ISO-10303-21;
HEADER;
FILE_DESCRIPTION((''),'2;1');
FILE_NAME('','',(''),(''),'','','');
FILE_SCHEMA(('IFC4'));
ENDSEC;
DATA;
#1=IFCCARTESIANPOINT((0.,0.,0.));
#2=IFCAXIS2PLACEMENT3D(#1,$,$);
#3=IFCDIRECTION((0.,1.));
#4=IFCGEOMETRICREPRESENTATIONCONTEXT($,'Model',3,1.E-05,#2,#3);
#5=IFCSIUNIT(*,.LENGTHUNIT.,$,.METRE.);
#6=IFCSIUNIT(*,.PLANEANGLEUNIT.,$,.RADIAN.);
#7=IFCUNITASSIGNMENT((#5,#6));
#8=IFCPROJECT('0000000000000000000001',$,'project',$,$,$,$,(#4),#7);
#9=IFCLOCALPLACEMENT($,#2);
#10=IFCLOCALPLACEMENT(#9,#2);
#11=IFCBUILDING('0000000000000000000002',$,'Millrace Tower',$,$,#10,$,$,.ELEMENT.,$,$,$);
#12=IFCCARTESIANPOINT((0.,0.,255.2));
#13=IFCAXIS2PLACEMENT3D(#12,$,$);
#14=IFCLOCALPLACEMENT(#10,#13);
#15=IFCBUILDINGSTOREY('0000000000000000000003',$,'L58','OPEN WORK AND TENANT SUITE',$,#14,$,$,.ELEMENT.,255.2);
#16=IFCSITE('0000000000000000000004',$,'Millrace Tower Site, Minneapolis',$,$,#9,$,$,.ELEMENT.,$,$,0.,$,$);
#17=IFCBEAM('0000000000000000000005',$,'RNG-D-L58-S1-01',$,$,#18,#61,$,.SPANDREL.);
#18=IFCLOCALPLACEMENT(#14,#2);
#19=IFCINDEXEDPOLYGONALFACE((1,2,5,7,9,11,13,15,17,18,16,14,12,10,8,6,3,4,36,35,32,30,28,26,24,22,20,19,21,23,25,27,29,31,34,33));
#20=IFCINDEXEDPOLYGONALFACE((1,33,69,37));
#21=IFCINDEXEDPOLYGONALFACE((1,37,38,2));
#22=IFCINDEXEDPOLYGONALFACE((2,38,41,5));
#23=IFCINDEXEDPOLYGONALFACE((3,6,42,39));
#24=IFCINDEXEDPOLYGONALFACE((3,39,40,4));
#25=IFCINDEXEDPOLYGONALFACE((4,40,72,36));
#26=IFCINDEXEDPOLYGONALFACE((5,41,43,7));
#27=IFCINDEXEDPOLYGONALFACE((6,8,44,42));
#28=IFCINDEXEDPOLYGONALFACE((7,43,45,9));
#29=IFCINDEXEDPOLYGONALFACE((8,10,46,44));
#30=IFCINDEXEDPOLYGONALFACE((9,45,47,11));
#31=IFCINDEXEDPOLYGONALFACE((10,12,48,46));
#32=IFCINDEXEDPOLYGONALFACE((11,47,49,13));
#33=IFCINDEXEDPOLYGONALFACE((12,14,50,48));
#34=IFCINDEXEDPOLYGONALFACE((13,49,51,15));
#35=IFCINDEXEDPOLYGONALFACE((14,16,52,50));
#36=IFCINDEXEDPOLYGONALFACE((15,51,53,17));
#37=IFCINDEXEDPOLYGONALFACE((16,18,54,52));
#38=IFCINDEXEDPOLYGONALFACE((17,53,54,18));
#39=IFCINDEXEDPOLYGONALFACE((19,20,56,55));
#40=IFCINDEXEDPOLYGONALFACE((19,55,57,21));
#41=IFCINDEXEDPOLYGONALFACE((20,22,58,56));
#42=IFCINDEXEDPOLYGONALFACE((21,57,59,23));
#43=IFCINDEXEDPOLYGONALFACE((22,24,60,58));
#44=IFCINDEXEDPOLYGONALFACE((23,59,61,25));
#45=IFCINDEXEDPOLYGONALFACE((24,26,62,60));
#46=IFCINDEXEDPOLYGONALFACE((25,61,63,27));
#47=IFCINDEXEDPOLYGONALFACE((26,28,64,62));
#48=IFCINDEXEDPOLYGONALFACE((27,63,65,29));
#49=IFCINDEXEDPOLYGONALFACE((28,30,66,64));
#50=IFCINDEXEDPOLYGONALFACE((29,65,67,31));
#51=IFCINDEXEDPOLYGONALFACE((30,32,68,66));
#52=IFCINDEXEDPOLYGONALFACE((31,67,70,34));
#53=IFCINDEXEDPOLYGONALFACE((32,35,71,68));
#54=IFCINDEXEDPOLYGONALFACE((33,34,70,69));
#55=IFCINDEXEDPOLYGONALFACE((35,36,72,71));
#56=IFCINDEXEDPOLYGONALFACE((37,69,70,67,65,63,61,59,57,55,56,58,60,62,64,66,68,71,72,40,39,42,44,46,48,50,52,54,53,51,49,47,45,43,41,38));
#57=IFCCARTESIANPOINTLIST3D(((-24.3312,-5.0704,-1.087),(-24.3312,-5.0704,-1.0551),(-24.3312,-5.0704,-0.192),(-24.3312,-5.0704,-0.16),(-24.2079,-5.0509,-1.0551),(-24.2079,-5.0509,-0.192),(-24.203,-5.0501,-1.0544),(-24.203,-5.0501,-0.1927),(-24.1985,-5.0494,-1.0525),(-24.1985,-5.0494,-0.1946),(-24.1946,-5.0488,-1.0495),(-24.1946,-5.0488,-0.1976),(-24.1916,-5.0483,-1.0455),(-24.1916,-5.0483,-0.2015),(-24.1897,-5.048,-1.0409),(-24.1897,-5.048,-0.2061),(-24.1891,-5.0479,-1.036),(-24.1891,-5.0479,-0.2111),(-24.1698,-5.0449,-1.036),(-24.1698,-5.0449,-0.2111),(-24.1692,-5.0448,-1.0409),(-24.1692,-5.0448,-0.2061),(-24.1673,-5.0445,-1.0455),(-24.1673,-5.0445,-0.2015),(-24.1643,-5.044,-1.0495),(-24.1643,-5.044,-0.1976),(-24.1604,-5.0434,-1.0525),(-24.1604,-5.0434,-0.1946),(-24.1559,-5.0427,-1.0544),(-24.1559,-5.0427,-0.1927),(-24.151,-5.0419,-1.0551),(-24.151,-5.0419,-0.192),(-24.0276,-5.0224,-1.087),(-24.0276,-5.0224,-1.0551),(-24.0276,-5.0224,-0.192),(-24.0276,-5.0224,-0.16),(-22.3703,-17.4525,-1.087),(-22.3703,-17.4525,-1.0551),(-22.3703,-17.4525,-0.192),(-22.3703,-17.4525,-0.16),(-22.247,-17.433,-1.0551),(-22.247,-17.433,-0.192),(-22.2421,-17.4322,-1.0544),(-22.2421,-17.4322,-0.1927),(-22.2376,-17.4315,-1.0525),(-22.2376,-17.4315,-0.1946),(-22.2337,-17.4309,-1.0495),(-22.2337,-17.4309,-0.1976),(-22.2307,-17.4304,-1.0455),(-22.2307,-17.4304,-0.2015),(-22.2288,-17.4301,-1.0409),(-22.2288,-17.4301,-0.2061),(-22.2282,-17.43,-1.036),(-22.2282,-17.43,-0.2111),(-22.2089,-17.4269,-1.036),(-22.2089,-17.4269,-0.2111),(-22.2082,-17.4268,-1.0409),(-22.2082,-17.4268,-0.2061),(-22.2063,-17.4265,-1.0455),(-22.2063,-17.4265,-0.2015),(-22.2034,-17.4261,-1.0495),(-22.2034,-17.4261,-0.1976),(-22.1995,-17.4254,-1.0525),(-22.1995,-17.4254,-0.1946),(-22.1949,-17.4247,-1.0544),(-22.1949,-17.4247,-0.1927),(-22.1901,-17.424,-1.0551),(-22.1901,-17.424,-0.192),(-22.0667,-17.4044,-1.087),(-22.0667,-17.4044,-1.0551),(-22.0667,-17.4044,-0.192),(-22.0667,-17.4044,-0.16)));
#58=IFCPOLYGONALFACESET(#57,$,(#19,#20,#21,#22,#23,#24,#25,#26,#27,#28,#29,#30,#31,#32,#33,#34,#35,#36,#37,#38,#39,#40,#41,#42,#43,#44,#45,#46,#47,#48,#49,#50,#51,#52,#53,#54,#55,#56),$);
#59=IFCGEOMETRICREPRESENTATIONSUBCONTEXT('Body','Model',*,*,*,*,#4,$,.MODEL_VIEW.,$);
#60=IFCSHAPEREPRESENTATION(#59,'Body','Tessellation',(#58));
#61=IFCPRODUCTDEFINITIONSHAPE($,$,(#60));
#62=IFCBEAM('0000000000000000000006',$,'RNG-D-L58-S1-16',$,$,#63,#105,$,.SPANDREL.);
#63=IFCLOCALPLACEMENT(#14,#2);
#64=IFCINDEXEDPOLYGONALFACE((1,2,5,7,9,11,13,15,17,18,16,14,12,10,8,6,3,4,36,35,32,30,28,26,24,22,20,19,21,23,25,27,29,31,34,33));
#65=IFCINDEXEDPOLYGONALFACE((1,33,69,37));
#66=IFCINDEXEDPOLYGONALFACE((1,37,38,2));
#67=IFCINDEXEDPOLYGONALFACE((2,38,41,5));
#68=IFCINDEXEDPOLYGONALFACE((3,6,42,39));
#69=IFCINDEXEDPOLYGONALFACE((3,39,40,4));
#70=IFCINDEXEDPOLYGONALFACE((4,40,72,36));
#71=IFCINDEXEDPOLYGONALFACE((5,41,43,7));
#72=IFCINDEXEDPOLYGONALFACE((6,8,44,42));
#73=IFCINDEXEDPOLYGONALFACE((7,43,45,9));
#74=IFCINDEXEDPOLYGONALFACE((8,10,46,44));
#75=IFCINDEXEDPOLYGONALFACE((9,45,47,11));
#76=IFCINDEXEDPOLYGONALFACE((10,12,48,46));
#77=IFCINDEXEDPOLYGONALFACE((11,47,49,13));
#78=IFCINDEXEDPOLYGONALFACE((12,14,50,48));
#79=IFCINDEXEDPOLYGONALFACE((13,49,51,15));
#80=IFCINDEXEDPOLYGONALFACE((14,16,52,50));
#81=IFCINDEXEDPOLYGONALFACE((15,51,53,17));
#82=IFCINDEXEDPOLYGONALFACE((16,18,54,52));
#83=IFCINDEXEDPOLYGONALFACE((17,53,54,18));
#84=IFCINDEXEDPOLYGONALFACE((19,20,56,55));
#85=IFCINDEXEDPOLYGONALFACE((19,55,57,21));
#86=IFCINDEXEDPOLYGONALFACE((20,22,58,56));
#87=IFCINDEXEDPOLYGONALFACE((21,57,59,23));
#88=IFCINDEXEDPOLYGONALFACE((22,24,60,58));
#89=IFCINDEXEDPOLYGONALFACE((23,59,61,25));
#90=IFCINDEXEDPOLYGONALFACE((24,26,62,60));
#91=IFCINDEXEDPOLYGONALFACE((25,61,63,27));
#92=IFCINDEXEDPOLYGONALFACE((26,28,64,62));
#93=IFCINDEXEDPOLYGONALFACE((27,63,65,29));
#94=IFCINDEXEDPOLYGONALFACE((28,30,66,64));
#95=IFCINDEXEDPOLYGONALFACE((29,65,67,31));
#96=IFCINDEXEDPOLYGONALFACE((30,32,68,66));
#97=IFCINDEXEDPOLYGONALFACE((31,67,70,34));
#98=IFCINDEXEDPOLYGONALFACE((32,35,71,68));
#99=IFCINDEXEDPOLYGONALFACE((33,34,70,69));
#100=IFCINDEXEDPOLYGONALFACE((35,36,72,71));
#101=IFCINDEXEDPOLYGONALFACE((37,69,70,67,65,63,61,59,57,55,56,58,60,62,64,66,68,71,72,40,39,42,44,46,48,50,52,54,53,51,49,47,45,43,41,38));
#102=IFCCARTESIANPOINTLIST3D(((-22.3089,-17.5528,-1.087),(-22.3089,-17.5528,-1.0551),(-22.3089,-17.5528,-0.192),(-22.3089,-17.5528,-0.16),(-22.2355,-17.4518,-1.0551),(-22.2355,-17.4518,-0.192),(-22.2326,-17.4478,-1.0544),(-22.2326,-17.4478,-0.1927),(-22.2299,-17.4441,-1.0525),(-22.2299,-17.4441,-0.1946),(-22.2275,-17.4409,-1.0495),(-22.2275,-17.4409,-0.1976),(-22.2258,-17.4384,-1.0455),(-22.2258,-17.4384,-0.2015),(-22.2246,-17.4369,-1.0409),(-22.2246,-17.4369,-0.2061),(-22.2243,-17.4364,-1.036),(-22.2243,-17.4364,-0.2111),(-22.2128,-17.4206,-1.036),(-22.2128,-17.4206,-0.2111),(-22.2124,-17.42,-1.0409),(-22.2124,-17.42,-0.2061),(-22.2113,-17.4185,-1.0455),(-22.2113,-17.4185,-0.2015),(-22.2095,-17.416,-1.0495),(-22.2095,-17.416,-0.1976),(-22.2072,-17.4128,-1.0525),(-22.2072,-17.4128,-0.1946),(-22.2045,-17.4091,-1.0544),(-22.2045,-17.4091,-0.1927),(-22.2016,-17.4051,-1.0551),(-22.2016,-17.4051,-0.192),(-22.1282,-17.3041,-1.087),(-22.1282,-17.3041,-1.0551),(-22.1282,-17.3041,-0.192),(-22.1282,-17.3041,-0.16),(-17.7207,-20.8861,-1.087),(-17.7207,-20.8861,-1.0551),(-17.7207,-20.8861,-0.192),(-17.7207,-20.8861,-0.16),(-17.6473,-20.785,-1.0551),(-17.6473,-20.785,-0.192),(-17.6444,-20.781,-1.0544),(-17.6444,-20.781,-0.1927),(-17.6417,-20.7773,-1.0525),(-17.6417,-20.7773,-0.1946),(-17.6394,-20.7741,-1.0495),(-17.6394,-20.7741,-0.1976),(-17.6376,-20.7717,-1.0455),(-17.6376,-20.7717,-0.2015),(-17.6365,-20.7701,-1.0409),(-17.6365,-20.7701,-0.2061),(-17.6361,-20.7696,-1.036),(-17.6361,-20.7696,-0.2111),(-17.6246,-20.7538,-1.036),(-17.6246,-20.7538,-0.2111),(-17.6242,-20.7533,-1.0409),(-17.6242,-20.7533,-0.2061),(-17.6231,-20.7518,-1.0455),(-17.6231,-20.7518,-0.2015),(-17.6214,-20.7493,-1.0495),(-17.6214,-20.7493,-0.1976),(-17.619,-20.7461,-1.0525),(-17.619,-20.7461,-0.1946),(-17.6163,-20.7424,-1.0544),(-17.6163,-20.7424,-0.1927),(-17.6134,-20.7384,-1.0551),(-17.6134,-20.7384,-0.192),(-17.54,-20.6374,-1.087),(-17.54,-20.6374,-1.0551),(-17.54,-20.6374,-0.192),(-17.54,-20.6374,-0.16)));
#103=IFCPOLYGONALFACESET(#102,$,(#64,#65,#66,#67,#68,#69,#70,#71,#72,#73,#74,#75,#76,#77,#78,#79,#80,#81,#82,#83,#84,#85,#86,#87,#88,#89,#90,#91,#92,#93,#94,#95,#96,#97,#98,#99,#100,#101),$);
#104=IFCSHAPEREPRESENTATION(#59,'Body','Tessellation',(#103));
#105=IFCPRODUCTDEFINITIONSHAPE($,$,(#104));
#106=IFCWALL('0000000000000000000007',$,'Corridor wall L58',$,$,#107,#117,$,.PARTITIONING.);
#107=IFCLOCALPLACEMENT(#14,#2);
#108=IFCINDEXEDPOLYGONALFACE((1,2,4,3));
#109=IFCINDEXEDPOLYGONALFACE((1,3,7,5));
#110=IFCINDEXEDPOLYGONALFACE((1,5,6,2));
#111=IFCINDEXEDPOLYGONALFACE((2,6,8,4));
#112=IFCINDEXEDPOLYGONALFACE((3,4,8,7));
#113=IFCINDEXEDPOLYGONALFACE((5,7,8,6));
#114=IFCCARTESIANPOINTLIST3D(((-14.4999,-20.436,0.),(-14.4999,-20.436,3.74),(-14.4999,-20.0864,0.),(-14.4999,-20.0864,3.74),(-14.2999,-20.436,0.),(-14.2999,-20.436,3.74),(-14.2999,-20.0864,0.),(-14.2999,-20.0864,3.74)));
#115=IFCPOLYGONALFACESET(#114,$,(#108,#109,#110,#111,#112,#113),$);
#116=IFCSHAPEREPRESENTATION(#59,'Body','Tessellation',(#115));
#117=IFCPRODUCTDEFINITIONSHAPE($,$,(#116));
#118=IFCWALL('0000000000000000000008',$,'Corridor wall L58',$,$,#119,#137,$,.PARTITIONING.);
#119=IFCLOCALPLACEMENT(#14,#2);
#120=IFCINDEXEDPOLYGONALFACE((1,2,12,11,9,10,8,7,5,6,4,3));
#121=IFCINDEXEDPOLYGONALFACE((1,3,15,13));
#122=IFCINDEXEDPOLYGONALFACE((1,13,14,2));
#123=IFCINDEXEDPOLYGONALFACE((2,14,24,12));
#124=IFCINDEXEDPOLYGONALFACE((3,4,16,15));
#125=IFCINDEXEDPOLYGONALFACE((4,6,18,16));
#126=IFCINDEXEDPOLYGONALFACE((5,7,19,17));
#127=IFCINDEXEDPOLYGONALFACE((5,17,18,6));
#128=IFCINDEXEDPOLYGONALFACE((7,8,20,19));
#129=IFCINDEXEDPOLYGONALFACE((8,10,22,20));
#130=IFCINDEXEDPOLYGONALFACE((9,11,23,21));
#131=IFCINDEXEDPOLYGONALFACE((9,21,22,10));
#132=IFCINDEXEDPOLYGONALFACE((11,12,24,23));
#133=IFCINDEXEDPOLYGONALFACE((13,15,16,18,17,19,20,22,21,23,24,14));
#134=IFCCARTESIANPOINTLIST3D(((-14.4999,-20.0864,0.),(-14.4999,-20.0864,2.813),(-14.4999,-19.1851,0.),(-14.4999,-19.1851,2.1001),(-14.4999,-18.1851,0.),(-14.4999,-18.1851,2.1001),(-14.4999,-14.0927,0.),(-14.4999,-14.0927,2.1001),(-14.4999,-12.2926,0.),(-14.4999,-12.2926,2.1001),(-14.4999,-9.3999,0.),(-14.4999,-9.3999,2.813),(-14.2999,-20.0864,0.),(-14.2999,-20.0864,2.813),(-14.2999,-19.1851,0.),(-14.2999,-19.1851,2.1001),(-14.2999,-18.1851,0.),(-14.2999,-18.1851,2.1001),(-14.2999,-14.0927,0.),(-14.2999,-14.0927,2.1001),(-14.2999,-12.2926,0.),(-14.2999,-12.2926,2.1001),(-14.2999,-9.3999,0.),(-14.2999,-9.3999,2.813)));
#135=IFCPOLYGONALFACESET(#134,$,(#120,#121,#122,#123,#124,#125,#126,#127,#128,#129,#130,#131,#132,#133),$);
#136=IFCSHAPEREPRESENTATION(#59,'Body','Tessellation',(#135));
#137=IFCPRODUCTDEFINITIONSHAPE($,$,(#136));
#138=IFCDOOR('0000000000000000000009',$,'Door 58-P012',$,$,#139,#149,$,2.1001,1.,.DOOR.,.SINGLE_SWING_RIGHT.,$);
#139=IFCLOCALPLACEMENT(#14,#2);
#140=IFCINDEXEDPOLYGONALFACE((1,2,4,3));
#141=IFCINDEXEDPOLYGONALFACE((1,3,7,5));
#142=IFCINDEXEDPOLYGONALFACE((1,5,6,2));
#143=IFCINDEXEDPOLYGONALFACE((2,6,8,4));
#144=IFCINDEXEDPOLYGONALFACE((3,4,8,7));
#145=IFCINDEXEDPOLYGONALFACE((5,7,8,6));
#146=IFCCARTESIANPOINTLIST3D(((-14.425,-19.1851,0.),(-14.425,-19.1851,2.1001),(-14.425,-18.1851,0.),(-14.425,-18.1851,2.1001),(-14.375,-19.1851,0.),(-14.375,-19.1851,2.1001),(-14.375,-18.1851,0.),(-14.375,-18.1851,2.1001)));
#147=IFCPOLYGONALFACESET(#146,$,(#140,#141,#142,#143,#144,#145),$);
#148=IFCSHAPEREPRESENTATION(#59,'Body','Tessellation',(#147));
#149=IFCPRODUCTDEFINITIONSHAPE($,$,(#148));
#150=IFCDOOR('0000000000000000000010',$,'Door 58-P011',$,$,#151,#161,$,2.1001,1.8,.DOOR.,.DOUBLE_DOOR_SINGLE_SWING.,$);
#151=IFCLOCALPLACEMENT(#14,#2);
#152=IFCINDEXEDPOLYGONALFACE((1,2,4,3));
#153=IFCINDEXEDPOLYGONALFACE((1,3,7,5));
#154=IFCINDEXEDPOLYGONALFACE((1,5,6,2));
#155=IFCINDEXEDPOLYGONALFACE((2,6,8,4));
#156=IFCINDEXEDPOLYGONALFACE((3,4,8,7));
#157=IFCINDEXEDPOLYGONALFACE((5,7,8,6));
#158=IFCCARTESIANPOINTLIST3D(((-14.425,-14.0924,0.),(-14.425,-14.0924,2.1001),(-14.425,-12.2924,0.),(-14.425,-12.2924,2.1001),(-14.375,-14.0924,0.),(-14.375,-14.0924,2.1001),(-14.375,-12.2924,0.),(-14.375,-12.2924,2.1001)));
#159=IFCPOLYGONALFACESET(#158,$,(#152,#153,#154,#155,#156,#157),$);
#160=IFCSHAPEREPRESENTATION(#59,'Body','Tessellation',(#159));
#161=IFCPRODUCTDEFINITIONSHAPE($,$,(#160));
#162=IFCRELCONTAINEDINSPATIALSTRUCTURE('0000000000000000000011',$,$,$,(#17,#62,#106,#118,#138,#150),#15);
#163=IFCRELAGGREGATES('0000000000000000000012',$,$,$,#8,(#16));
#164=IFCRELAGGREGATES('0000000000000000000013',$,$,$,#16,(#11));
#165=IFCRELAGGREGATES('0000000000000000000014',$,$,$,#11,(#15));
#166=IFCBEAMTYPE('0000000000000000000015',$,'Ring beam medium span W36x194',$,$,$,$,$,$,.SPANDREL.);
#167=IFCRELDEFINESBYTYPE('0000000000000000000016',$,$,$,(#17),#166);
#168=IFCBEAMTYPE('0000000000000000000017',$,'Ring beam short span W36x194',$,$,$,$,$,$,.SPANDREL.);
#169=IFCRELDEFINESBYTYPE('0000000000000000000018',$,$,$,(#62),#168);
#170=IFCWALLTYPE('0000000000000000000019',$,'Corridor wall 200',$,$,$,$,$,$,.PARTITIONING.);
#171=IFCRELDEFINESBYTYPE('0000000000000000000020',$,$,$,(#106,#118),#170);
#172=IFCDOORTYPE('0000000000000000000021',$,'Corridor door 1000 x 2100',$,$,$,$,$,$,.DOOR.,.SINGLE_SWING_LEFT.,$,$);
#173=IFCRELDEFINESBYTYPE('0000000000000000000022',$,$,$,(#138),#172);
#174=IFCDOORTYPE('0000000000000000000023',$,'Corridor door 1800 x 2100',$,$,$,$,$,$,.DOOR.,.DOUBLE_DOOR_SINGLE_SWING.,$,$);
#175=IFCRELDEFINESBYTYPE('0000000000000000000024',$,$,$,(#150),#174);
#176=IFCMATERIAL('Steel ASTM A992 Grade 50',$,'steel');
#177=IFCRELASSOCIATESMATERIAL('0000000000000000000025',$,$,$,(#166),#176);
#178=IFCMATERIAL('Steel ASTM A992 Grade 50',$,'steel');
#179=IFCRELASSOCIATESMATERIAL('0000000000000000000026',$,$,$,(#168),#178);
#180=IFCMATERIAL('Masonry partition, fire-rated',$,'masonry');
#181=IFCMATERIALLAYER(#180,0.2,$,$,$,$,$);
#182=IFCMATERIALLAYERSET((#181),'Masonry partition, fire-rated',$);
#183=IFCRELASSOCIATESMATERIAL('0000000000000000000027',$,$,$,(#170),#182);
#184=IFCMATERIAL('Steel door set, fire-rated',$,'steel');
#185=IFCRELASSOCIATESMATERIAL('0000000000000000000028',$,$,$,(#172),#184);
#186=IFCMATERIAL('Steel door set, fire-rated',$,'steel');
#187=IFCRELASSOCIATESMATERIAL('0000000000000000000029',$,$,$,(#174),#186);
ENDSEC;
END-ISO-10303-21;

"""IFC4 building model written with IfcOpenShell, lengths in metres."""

from ifc_helpers import new_model, si_unit, direction, frame, frame_2d, origin, origin_2d, place, context, subcontext, project, spatial, rectangle, i_section, extrude, material, layer, layer_set, material_profile, profile_set, type_object, element, fill, save


model = new_model("IFC4")

# Units and contexts
model_context = context("Model", 3, precision=1e-05, world=origin(), true_north=direction((0.0, 1.0)))
body_context = subcontext(model_context, "Body", "Model", "MODEL_VIEW")
ifc_project = project(units=[si_unit("LENGTHUNIT", "METRE"), si_unit("PLANEANGLEUNIT", "RADIAN")], contexts=[model_context])

# Site, building, storey
site_placement = place(None, origin())
site = spatial("IfcSite", under=ifc_project, at=site_placement, Name="Millrace Tower Site, Minneapolis", CompositionType="ELEMENT", RefElevation=0.0)
building_placement = place(site_placement, origin())
building = spatial("IfcBuilding", under=site, at=building_placement, Name="Millrace Tower", CompositionType="ELEMENT")
storey_placement = place(building_placement, frame((0.0, 0.0, 255.2)))
storey = spatial("IfcBuildingStorey", under=building, at=storey_placement, Name="L58", Description="OPEN WORK AND TENANT SUITE", CompositionType="ELEMENT", Elevation=255.2)

# Beams
ifc_material_1 = material(Name="Steel ASTM A992 Grade 50", Category="steel")
ifc_material_profile_1 = material_profile(ifc_material_1, i_section(OverallWidth=0.3074, OverallDepth=0.927, WebThickness=0.0195, FlangeThickness=0.032, FilletRadius=0.019, at=origin_2d()))
ifc_profile_set_1 = profile_set([ifc_material_profile_1], Name="Steel ASTM A992 Grade 50")
beam_type_1 = type_object("IfcBeamType", Name="Ring beam medium span W36x194", PredefinedType="SPANDREL", material=ifc_profile_set_1)
beam_1_placement = place(storey_placement, frame((-22.2185, -17.4285, -0.6235), z_axis=(-0.15642, 0.987691, 0.0), x_axis=(-0.987691, -0.15642, 0.0)))
element("IfcBeam", 1, at=beam_1_placement, inside=storey, type_object=beam_type_1, Name="RNG-D-L58-S1-01", PredefinedType="SPANDREL", context=body_context, shape_type="SweptSolid", body=[
    extrude(i_section(OverallWidth=0.3074, OverallDepth=0.927, WebThickness=0.0195, FlangeThickness=0.032, FilletRadius=0.019, at=origin_2d()), origin(), (0.0, 0.0, 1.0), 12.5364),
])
ifc_material_2 = material(Name="Steel ASTM A992 Grade 50", Category="steel")
ifc_material_profile_2 = material_profile(ifc_material_2, i_section(OverallWidth=0.3074, OverallDepth=0.927, WebThickness=0.0195, FlangeThickness=0.032, FilletRadius=0.019, at=origin_2d()))
ifc_profile_set_2 = profile_set([ifc_material_profile_2], Name="Steel ASTM A992 Grade 50")
beam_type_2 = type_object("IfcBeamType", Name="Ring beam short span W36x194", PredefinedType="SPANDREL", material=ifc_profile_set_2)
beam_2_placement = place(storey_placement, frame((-17.6304, -20.7617, -0.6235), z_axis=(-0.809036, 0.58776, 0.0), x_axis=(-0.58776, -0.809036, 0.0)))
element("IfcBeam", 2, at=beam_2_placement, inside=storey, type_object=beam_type_2, Name="RNG-D-L58-S1-16", PredefinedType="SPANDREL", context=body_context, shape_type="SweptSolid", body=[
    extrude(i_section(OverallWidth=0.3074, OverallDepth=0.927, WebThickness=0.0195, FlangeThickness=0.032, FilletRadius=0.019, at=origin_2d()), origin(), (0.0, 0.0, 1.0), 5.6711),
])

# Wall
ifc_material_3 = material(Name="Masonry partition, fire-rated", Category="masonry")
ifc_layer_1 = layer(ifc_material_3, 0.2)
ifc_layer_set_1 = layer_set([ifc_layer_1], Name="Masonry partition, fire-rated")
wall_type_1 = type_object("IfcWallType", Name="Corridor wall 200", PredefinedType="PARTITIONING", material=ifc_layer_set_1)
wall_1_placement = place(storey_placement, frame((-14.3999, -20.436, 0.0), z_axis=(0.0, 0.0, 1.0), x_axis=(0.0, 1.0, 0.0)))
element("IfcWall", 3, at=wall_1_placement, inside=storey, type_object=wall_type_1, Name="Corridor wall L58", PredefinedType="PARTITIONING", context=body_context, shape_type="SweptSolid", body=[
    extrude(rectangle(XDim=0.3496, YDim=0.2, at=frame_2d((0.1748, 0.0))), origin(), (0.0, 0.0, 1.0), 3.74),
])

# Wall, openings, doors
wall_2_placement = place(storey_placement, frame((-14.3999, -20.0864, 0.0), z_axis=(0.0, 0.0, 1.0), x_axis=(0.0, 1.0, 0.0)))
wall_2 = element("IfcWall", 4, at=wall_2_placement, inside=storey, type_object=wall_type_1, Name="Corridor wall L58", PredefinedType="PARTITIONING", context=body_context, shape_type="SweptSolid", body=[
    extrude(rectangle(XDim=10.6865, YDim=0.2, at=frame_2d((5.3433, 0.0))), origin(), (0.0, 0.0, 1.0), 2.813),
])
opening_1_placement = place(wall_2_placement, frame((5.9939, 0.0, 0.0)))
opening_1 = element("IfcOpeningElement", 5, at=opening_1_placement, cuts=wall_2, PredefinedType="OPENING", context=body_context, shape_type="SweptSolid", body=[
    extrude(rectangle(XDim=1.8, YDim=2.1001, at=frame_2d((0.8999, 1.05))), frame((0.0, 0.1099, 0.0), z_axis=(0.0, -1.0, 0.0), x_axis=(1.0, 0.0, 0.0)), (0.0, 0.0, 1.0), 0.22),
])
opening_2_placement = place(wall_2_placement, frame((0.9014, 0.0, 0.0)))
opening_2 = element("IfcOpeningElement", 6, at=opening_2_placement, cuts=wall_2, PredefinedType="OPENING", context=body_context, shape_type="SweptSolid", body=[
    extrude(rectangle(XDim=1.0, YDim=2.1001, at=frame_2d((0.5, 1.05))), frame((0.0, 0.1099, 0.0), z_axis=(0.0, -1.0, 0.0), x_axis=(1.0, 0.0, 0.0)), (0.0, 0.0, 1.0), 0.22),
])
ifc_material_4 = material(Name="Steel door set, fire-rated", Category="steel")
door_type_1 = type_object("IfcDoorType", Name="Corridor door 1000 x 2100", OperationType="SINGLE_SWING_LEFT", PredefinedType="DOOR", material=ifc_material_4)
door_1_placement = place(opening_2_placement, frame((1.0, 0.0, 0.0), z_axis=(0.0, 0.0, 1.0), x_axis=(-1.0, 0.0, 0.0)))
door_1 = element("IfcDoor", 7, at=door_1_placement, inside=storey, type_object=door_type_1, Name="Door 58-P012", OperationType="SINGLE_SWING_RIGHT", OverallHeight=2.1001, OverallWidth=1.0, PredefinedType="DOOR", context=body_context, shape_type="SweptSolid", body=[
    extrude(rectangle(XDim=1.0, YDim=2.1001, at=frame_2d((0.5, 1.05))), frame((0.0, 0.0249, 0.0), z_axis=(0.0, -1.0, 0.0), x_axis=(1.0, 0.0, 0.0)), (0.0, 0.0, 1.0), 0.05),
])
fill(opening_2, door_1)
ifc_material_5 = material(Name="Steel door set, fire-rated", Category="steel")
door_type_2 = type_object("IfcDoorType", Name="Corridor door 1800 x 2100", OperationType="DOUBLE_DOOR_SINGLE_SWING", PredefinedType="DOOR", material=ifc_material_5)
door_2_placement = place(opening_1_placement, frame((1.8, 0.0, 0.0), z_axis=(0.0, 0.0, 1.0), x_axis=(-1.0, 0.0, 0.0)))
door_2 = element("IfcDoor", 8, at=door_2_placement, inside=storey, type_object=door_type_2, Name="Door 58-P011", OperationType="DOUBLE_DOOR_SINGLE_SWING", OverallHeight=2.1001, OverallWidth=1.8, PredefinedType="DOOR", context=body_context, shape_type="SweptSolid", body=[
    extrude(rectangle(XDim=1.8, YDim=2.1001, at=frame_2d((0.8999, 1.05))), frame((0.0, 0.0249, 0.0), z_axis=(0.0, -1.0, 0.0), x_axis=(1.0, 0.0, 0.0)), (0.0, 0.0, 1.0), 0.05),
])
fill(opening_1, door_2)

save(model, "model.ifc")
